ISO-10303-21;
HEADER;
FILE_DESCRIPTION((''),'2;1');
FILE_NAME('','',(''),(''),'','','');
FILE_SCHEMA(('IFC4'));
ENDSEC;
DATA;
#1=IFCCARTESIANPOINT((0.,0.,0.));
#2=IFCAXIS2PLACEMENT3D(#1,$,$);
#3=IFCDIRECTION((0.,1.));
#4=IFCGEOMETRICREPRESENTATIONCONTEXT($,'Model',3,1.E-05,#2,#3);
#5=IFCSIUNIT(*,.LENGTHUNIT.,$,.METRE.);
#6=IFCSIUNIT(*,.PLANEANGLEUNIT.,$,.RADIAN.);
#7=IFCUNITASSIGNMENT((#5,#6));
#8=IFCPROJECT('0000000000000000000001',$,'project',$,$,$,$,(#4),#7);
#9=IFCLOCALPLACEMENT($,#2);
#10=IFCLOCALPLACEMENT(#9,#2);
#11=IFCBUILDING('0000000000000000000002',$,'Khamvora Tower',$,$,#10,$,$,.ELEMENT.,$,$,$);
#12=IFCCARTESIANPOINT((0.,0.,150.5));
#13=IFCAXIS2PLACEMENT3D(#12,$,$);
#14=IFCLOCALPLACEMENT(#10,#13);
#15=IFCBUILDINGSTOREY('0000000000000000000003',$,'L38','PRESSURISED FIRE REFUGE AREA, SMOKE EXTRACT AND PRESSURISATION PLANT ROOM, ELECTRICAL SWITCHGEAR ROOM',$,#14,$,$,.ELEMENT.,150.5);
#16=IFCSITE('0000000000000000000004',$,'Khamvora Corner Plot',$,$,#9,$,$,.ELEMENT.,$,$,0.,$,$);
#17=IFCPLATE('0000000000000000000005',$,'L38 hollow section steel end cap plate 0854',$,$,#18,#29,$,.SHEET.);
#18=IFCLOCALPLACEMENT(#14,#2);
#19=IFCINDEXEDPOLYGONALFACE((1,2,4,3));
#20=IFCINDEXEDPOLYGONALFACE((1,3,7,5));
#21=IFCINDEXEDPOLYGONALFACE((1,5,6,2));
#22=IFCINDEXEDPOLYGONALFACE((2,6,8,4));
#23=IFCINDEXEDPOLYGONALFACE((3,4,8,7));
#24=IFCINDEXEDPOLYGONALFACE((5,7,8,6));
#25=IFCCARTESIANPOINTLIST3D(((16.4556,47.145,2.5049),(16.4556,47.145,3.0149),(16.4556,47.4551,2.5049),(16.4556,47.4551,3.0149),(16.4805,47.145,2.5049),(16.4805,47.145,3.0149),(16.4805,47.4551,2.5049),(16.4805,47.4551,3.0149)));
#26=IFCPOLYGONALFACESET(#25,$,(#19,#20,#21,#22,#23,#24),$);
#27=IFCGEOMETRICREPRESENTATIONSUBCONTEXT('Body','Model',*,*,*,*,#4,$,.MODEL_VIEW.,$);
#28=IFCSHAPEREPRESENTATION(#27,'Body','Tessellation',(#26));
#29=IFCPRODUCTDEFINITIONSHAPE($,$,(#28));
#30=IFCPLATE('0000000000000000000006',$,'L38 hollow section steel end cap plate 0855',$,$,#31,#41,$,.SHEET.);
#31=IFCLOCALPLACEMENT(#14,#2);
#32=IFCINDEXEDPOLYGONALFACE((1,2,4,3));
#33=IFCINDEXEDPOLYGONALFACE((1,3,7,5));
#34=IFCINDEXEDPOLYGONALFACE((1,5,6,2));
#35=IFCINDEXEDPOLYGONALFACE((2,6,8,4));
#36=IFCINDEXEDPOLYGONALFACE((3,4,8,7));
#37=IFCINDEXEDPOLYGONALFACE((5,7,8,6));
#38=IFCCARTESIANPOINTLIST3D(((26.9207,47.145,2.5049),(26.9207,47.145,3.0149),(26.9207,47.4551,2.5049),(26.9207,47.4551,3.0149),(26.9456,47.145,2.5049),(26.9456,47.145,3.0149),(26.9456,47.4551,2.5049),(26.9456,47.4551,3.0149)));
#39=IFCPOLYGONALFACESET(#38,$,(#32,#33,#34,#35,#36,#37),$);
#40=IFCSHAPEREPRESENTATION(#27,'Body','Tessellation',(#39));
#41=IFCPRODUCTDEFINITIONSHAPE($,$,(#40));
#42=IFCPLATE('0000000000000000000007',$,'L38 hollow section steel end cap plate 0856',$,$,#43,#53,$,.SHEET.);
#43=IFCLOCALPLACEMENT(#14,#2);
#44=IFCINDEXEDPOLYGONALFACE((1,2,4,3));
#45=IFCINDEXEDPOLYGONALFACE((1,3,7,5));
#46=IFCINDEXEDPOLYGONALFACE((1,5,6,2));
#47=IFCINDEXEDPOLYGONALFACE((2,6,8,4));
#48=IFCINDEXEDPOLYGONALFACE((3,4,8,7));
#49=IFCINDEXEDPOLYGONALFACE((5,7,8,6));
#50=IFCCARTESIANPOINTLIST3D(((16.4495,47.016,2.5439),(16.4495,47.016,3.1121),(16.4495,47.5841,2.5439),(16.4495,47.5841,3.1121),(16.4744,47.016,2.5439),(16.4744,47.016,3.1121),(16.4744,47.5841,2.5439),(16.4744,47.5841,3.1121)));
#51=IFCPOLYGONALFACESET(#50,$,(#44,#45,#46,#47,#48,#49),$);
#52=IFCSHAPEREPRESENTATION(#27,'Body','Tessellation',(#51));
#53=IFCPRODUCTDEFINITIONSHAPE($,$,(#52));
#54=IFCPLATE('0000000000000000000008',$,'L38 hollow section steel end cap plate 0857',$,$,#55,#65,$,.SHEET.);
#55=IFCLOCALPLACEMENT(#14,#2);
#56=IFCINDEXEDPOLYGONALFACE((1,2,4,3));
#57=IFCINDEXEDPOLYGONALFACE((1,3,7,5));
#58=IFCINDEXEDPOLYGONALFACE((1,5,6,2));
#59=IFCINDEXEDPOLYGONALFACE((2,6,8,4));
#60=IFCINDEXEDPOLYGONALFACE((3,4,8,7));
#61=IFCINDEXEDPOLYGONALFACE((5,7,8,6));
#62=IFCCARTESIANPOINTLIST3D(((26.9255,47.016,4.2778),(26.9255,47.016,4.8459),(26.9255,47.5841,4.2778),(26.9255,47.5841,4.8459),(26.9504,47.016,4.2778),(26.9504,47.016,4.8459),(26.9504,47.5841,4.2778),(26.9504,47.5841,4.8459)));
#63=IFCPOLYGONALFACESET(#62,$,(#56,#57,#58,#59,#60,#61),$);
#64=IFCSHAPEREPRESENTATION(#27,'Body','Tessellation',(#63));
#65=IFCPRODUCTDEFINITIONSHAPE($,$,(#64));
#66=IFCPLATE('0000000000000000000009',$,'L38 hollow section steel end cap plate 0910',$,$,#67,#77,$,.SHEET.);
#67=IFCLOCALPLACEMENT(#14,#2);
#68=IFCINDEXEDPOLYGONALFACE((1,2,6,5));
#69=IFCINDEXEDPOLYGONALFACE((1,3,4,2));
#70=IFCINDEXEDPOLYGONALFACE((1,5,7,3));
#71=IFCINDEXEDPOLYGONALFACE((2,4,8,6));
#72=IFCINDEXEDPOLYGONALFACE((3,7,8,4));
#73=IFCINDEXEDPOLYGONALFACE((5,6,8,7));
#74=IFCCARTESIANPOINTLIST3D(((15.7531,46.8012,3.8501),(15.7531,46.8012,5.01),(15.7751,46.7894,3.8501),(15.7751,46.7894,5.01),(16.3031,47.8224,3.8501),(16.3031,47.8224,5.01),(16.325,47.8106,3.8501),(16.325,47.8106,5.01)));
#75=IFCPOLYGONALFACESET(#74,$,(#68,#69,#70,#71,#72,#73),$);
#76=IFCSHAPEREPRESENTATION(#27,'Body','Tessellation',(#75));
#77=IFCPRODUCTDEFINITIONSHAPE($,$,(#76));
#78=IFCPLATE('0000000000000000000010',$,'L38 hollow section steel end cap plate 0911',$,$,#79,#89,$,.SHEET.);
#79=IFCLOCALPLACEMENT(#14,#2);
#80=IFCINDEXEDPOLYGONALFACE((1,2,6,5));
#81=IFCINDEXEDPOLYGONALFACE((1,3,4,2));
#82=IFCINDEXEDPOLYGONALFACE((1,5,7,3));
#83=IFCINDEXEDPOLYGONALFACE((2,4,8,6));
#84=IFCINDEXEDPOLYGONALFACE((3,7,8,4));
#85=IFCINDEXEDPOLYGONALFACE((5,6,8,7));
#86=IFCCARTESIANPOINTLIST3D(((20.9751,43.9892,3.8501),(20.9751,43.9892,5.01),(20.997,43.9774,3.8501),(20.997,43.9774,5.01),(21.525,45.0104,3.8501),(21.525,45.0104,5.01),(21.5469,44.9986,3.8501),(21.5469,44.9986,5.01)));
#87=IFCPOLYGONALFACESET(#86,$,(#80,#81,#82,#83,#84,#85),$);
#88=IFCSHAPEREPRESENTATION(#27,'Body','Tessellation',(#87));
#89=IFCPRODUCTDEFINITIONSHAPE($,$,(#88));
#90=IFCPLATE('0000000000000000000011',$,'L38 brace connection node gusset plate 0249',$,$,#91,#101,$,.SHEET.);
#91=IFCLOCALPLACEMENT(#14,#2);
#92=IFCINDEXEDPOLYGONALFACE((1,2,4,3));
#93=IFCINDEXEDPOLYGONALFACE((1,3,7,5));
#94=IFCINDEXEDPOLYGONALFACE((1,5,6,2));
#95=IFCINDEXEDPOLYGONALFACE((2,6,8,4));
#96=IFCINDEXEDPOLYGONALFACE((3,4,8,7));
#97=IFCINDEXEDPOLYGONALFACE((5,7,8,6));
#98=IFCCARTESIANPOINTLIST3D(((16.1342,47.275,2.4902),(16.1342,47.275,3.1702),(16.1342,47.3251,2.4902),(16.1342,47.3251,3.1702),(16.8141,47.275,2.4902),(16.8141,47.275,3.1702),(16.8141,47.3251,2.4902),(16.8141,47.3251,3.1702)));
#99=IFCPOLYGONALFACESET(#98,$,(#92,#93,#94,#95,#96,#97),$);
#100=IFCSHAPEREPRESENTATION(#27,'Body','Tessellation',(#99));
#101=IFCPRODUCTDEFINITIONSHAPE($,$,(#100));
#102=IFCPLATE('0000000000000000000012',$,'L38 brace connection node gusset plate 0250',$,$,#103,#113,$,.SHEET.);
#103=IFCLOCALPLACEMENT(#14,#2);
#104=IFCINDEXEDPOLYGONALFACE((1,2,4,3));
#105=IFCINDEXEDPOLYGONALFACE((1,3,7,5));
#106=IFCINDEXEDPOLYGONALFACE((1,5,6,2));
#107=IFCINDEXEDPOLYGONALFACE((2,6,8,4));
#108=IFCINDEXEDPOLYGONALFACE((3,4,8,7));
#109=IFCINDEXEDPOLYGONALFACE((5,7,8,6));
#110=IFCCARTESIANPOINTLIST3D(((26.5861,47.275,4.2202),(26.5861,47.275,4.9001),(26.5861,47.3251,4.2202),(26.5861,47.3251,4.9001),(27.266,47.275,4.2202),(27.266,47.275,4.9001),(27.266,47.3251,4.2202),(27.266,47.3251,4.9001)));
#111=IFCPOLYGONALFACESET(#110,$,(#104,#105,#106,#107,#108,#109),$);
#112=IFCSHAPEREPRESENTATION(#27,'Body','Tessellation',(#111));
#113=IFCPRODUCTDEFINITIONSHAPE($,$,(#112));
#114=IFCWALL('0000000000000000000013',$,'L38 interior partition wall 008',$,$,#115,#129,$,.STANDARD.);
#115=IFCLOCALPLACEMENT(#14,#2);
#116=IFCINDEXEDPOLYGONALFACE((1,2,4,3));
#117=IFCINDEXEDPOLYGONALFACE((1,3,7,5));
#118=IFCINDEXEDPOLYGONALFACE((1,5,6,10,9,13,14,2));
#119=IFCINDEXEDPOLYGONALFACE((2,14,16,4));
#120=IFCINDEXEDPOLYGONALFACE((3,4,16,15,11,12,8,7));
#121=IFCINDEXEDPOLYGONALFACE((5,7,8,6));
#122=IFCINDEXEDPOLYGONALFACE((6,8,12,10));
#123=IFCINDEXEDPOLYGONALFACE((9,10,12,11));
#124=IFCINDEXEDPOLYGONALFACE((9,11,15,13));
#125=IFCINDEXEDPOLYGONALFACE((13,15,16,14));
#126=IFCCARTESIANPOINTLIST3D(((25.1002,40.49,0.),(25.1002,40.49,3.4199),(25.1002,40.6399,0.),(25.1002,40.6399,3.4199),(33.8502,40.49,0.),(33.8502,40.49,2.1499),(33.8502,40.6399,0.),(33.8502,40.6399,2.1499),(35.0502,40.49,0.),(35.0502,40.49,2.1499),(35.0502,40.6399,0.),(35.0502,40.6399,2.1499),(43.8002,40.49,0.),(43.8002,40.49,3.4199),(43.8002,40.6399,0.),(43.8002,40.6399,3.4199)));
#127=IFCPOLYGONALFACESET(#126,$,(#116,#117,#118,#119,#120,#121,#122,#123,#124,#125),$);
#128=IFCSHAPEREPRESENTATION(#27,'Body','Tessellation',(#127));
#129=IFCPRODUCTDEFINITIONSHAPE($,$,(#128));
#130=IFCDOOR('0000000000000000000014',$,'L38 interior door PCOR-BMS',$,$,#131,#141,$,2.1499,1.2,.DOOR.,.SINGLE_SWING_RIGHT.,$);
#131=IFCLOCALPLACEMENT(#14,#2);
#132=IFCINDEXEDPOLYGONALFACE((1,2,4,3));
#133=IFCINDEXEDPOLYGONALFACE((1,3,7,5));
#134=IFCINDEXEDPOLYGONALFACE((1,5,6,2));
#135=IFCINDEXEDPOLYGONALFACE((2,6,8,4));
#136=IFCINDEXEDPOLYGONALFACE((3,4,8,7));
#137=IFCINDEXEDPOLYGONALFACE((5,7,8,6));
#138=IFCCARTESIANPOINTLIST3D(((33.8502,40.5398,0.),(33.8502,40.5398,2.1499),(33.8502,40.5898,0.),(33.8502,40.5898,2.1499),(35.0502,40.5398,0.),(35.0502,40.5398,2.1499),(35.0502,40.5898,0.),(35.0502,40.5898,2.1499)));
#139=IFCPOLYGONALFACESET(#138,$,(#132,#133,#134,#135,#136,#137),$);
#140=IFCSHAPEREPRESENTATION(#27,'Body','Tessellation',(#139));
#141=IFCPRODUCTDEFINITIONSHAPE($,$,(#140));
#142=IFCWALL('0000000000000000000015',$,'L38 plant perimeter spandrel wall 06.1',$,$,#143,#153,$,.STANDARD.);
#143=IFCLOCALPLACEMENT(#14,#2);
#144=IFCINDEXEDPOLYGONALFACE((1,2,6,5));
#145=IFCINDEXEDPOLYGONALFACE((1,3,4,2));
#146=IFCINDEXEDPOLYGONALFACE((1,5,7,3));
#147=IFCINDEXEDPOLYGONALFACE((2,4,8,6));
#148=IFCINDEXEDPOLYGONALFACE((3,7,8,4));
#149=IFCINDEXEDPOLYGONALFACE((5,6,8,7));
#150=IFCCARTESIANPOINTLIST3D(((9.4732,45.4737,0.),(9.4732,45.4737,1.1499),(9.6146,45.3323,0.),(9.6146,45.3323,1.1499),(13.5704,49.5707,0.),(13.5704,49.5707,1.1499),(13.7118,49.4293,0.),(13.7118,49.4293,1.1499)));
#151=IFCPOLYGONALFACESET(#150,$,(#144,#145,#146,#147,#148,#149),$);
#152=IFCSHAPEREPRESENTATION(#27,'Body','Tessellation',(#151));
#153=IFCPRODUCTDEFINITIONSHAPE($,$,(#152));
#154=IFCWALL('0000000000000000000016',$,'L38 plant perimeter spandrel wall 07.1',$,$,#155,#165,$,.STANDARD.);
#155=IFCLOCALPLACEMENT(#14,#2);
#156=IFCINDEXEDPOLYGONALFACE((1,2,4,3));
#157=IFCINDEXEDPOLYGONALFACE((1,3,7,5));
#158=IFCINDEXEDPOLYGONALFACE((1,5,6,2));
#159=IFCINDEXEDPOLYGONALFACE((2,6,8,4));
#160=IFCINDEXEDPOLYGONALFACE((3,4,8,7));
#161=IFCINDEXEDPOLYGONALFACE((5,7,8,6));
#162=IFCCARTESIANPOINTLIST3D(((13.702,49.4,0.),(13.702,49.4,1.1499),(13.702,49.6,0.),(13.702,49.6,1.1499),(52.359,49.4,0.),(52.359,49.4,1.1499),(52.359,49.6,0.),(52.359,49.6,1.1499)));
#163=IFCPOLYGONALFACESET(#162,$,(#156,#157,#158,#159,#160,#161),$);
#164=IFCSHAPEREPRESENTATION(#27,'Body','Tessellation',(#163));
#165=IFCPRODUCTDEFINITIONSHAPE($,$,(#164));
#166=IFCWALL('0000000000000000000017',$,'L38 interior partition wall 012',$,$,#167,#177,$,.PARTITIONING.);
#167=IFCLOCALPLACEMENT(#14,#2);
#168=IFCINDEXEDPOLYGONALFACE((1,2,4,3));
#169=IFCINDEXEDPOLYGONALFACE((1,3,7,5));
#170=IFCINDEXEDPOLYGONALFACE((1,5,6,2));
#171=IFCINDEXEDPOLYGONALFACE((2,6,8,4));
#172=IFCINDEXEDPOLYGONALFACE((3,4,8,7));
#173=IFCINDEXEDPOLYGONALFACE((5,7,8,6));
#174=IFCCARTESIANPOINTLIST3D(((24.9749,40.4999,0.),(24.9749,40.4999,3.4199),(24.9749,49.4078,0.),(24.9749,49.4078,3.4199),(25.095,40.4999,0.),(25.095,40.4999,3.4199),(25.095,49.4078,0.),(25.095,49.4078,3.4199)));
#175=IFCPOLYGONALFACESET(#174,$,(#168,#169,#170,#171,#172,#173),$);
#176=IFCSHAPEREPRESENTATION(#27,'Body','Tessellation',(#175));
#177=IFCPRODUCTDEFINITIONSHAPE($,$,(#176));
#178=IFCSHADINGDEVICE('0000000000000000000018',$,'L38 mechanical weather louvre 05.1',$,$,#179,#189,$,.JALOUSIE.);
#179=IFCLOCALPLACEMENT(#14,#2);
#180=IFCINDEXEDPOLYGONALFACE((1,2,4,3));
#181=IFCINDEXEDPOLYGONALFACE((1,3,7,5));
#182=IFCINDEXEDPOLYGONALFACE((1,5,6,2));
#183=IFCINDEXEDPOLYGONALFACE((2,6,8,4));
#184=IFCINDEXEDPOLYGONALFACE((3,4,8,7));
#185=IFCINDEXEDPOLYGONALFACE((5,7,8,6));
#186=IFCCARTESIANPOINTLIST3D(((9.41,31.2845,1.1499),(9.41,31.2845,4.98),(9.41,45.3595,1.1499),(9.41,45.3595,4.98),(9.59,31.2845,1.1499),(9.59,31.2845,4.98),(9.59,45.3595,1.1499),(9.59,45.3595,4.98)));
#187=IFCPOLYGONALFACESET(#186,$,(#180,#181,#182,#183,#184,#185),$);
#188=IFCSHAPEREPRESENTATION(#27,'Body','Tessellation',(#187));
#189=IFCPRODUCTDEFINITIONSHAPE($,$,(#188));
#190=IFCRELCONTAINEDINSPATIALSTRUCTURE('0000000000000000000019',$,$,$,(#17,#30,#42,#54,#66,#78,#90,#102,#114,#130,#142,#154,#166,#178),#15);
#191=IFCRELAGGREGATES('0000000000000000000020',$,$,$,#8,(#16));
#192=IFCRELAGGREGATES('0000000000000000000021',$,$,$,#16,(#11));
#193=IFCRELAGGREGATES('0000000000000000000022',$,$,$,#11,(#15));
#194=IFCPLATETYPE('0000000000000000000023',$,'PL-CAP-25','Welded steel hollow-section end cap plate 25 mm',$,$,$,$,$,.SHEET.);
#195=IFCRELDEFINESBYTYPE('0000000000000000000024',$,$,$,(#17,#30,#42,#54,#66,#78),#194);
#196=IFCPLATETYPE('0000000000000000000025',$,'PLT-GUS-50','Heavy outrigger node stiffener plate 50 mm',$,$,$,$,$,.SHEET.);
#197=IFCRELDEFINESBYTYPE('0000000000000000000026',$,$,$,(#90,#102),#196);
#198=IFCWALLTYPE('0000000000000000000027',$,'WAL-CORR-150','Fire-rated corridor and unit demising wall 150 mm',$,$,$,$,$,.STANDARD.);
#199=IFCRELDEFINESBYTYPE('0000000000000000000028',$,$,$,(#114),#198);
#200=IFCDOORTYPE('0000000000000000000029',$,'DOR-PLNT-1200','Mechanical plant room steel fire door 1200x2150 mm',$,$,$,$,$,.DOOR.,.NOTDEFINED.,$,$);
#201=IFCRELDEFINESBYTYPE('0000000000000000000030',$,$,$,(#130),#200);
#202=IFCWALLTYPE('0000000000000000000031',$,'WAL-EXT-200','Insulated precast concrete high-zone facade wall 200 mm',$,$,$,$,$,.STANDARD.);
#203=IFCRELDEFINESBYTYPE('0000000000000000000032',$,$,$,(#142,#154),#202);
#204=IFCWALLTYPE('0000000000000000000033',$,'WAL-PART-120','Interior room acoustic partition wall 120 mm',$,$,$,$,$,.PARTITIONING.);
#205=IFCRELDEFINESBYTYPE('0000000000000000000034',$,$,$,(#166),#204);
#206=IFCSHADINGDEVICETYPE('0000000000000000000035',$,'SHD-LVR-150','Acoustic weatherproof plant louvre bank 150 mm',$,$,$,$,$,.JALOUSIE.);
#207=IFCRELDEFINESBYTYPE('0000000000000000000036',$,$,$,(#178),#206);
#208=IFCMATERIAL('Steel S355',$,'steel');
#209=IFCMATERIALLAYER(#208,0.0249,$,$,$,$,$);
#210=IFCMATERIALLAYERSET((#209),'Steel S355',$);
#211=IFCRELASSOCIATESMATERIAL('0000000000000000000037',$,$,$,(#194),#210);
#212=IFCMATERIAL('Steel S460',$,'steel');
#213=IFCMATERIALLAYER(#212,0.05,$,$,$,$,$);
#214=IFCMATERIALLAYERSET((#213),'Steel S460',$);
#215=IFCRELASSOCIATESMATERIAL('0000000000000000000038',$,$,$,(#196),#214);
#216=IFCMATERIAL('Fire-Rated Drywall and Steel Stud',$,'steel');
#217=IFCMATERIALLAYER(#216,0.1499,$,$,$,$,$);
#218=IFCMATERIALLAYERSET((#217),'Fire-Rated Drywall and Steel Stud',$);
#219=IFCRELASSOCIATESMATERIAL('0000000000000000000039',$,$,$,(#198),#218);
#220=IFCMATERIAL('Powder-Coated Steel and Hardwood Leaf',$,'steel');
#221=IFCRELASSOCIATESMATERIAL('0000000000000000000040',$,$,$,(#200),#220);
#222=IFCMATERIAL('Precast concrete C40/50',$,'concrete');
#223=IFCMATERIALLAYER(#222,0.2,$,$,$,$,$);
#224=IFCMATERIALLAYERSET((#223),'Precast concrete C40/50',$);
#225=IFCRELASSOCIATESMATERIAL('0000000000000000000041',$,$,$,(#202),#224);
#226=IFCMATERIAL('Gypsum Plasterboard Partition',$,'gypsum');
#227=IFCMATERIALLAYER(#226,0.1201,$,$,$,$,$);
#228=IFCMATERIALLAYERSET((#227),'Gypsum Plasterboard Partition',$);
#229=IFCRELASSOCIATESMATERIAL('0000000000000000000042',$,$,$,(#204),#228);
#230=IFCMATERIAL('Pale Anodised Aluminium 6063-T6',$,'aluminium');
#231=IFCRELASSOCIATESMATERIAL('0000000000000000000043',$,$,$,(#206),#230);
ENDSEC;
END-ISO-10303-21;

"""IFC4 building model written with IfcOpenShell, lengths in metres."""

from ifc_helpers import new_model, si_unit, direction, frame, frame_2d, origin, origin_2d, place, context, subcontext, project, spatial, rectangle, extrude, material, layer, layer_set, type_object, element, fill, save


model = new_model("IFC4")

# Units and contexts
model_context = context("Model", 3, precision=1e-05, world=origin(), true_north=direction((0.0, 1.0)))
body_context = subcontext(model_context, "Body", "Model", "MODEL_VIEW")
ifc_project = project(units=[si_unit("LENGTHUNIT", "METRE"), si_unit("PLANEANGLEUNIT", "RADIAN")], contexts=[model_context])

# Site, building, storey
site_placement = place(None, origin())
site = spatial("IfcSite", under=ifc_project, at=site_placement, Name="Khamvora Corner Plot", CompositionType="ELEMENT", RefElevation=0.0)
building_placement = place(site_placement, origin())
building = spatial("IfcBuilding", under=site, at=building_placement, Name="Khamvora Tower", CompositionType="ELEMENT")
storey_placement = place(building_placement, frame((0.0, 0.0, 150.5)))
storey = spatial("IfcBuildingStorey", under=building, at=storey_placement, Name="L38", Description="PRESSURISED FIRE REFUGE AREA, SMOKE EXTRACT AND PRESSURISATION PLANT ROOM, ELECTRICAL SWITCHGEAR ROOM", CompositionType="ELEMENT", Elevation=150.5)

# Shared definitions
ifc_material_1 = material(Name="Steel S355", Category="steel")

# Shared definitions
ifc_material_2 = material(Name="Steel S460", Category="steel")

# Plates
ifc_layer_1 = layer(ifc_material_1, 0.0249)
ifc_layer_set_1 = layer_set([ifc_layer_1], Name="Steel S355")
plate_type_1 = type_object("IfcPlateType", Name="PL-CAP-25", Description="Welded steel hollow-section end cap plate 25 mm", PredefinedType="SHEET", material=ifc_layer_set_1)
for number, where, z_axis, x_axis, name in (
    (1, (16.468, 47.3, 2.5049), (0.0, 0.0, 1.0), (1.0, 0.0, 0.0), "L38 hollow section steel end cap plate 0854"),
    (2, (26.9331, 47.3, 2.5049), (0.0, 0.0, 1.0), (1.0, 0.0, 0.0), "L38 hollow section steel end cap plate 0855"),
):
    element("IfcPlate", number, at=place(storey_placement, frame(where, z_axis=z_axis, x_axis=x_axis)), inside=storey, type_object=plate_type_1, Name=name, PredefinedType="SHEET", context=body_context, shape_type="SweptSolid", body=[
        extrude(rectangle(XDim=0.0249, YDim=0.3101, at=origin_2d()), origin(), (0.0, 0.0, 1.0), 0.51),
    ])
for number, where, z_axis, x_axis, name in (
    (3, (16.4619, 47.3, 2.5439), (0.0, 0.0, 1.0), (1.0, 0.0, 0.0), "L38 hollow section steel end cap plate 0856"),
    (4, (26.938, 47.3, 4.2778), (0.0, 0.0, 1.0), (1.0, 0.0, 0.0), "L38 hollow section steel end cap plate 0857"),
):
    element("IfcPlate", number, at=place(storey_placement, frame(where, z_axis=z_axis, x_axis=x_axis)), inside=storey, type_object=plate_type_1, Name=name, PredefinedType="SHEET", context=body_context, shape_type="SweptSolid", body=[
        extrude(rectangle(XDim=0.0249, YDim=0.5681, at=origin_2d()), origin(), (0.0, 0.0, 1.0), 0.5681),
    ])
for number, where, z_axis, x_axis, name in (
    (5, (16.0391, 47.3059, 3.8501), (0.0, 0.0, 1.0), (0.880469, -0.474104, 0.0), "L38 hollow section steel end cap plate 0910"),
    (6, (21.261, 44.4939, 3.8501), (0.0, 0.0, 1.0), (0.880469, -0.474104, 0.0), "L38 hollow section steel end cap plate 0911"),
):
    element("IfcPlate", number, at=place(storey_placement, frame(where, z_axis=z_axis, x_axis=x_axis)), inside=storey, type_object=plate_type_1, Name=name, PredefinedType="SHEET", context=body_context, shape_type="SweptSolid", body=[
        extrude(rectangle(XDim=0.0249, YDim=1.1599, at=origin_2d()), origin(), (0.0, 0.0, 1.0), 1.1599),
    ])
ifc_layer_2 = layer(ifc_material_2, 0.05)
ifc_layer_set_2 = layer_set([ifc_layer_2], Name="Steel S460")
plate_type_2 = type_object("IfcPlateType", Name="PLT-GUS-50", Description="Heavy outrigger node stiffener plate 50 mm", PredefinedType="SHEET", material=ifc_layer_set_2)
for number, where, z_axis, x_axis, name in (
    (7, (16.4741, 47.3, 2.4902), (0.0, 0.0, 1.0), (1.0, 0.0, 0.0), "L38 brace connection node gusset plate 0249"),
    (8, (26.926, 47.3, 4.2202), (0.0, 0.0, 1.0), (1.0, 0.0, 0.0), "L38 brace connection node gusset plate 0250"),
):
    element("IfcPlate", number, at=place(storey_placement, frame(where, z_axis=z_axis, x_axis=x_axis)), inside=storey, type_object=plate_type_2, Name=name, PredefinedType="SHEET", context=body_context, shape_type="SweptSolid", body=[
        extrude(rectangle(XDim=0.6799, YDim=0.05, at=origin_2d()), origin(), (0.0, 0.0, 1.0), 0.6799),
    ])

# Wall, opening, door
ifc_material_3 = material(Name="Fire-Rated Drywall and Steel Stud", Category="steel")
ifc_layer_3 = layer(ifc_material_3, 0.1499)
ifc_layer_set_3 = layer_set([ifc_layer_3], Name="Fire-Rated Drywall and Steel Stud")
wall_type_1 = type_object("IfcWallType", Name="WAL-CORR-150", Description="Fire-rated corridor and unit demising wall 150 mm", PredefinedType="STANDARD", material=ifc_layer_set_3)
wall_1_placement = place(storey_placement, frame((25.1001, 40.5649, 0.0), z_axis=(0.0, 0.0, 1.0), x_axis=(1.0, 0.0, 0.0)))
wall_1 = element("IfcWall", 9, at=wall_1_placement, inside=storey, type_object=wall_type_1, Name="L38 interior partition wall 008", PredefinedType="STANDARD", context=body_context, shape_type="SweptSolid", body=[
    extrude(rectangle(XDim=18.7, YDim=0.1499, at=frame_2d((9.3501, 0.0))), origin(), (0.0, 0.0, 1.0), 3.4199),
])
opening_placement = place(wall_1_placement, frame((8.75, 0.0, 0.0)))
opening = element("IfcOpeningElement", 10, at=opening_placement, cuts=wall_1, PredefinedType="OPENING", context=body_context, shape_type="SweptSolid", body=[
    extrude(rectangle(XDim=1.2, YDim=2.1499, at=frame_2d((0.6001, 1.075))), frame((0.0, 0.085, 0.0), z_axis=(0.0, -1.0, 0.0), x_axis=(1.0, 0.0, 0.0)), (0.0, 0.0, 1.0), 0.1699),
])
ifc_material_4 = material(Name="Powder-Coated Steel and Hardwood Leaf", Category="steel")
door_type = type_object("IfcDoorType", Name="DOR-PLNT-1200", Description="Mechanical plant room steel fire door 1200x2150 mm", OperationType="NOTDEFINED", PredefinedType="DOOR", material=ifc_material_4)
door_placement = place(opening_placement, origin())
door = element("IfcDoor", 11, at=door_placement, inside=storey, type_object=door_type, Name="L38 interior door PCOR-BMS", OperationType="SINGLE_SWING_RIGHT", OverallHeight=2.1499, OverallWidth=1.2, PredefinedType="DOOR", context=body_context, shape_type="SweptSolid", body=[
    extrude(rectangle(XDim=1.2, YDim=2.1499, at=frame_2d((0.6001, 1.075))), frame((0.0, 0.0249, 0.0), z_axis=(0.0, -1.0, 0.0), x_axis=(1.0, 0.0, 0.0)), (0.0, 0.0, 1.0), 0.05),
])
fill(opening, door)

# Walls
ifc_material_5 = material(Name="Precast concrete C40/50", Category="concrete")
ifc_layer_4 = layer(ifc_material_5, 0.2)
ifc_layer_set_4 = layer_set([ifc_layer_4], Name="Precast concrete C40/50")
wall_type_2 = type_object("IfcWallType", Name="WAL-EXT-200", Description="Insulated precast concrete high-zone facade wall 200 mm", PredefinedType="STANDARD", material=ifc_layer_set_4)
wall_2_placement = place(storey_placement, frame((9.5439, 45.4031, 0.0), z_axis=(0.0, 0.0, 1.0), x_axis=(0.707128, 0.707086, 0.0)))
element("IfcWall", 12, at=wall_2_placement, inside=storey, type_object=wall_type_2, Name="L38 plant perimeter spandrel wall 06.1", PredefinedType="STANDARD", context=body_context, shape_type="SweptSolid", body=[
    extrude(rectangle(XDim=5.7942, YDim=0.2, at=frame_2d((2.897, 0.0))), origin(), (0.0, 0.0, 1.0), 1.1499),
])
wall_3_placement = place(storey_placement, frame((13.7019, 49.5, 0.0), z_axis=(0.0, 0.0, 1.0), x_axis=(1.0, 0.0, 0.0)))
element("IfcWall", 13, at=wall_3_placement, inside=storey, type_object=wall_type_2, Name="L38 plant perimeter spandrel wall 07.1", PredefinedType="STANDARD", context=body_context, shape_type="SweptSolid", body=[
    extrude(rectangle(XDim=38.657, YDim=0.2, at=frame_2d((19.3286, 0.0))), origin(), (0.0, 0.0, 1.0), 1.1499),
])
ifc_material_6 = material(Name="Gypsum Plasterboard Partition", Category="gypsum")
ifc_layer_5 = layer(ifc_material_6, 0.1201)
ifc_layer_set_5 = layer_set([ifc_layer_5], Name="Gypsum Plasterboard Partition")
wall_type_3 = type_object("IfcWallType", Name="WAL-PART-120", Description="Interior room acoustic partition wall 120 mm", PredefinedType="PARTITIONING", material=ifc_layer_set_5)
wall_4_placement = place(storey_placement, frame((25.0349, 49.408, 0.0), z_axis=(0.0, 0.0, 1.0), x_axis=(0.0, -1.0, 0.0)))
element("IfcWall", 14, at=wall_4_placement, inside=storey, type_object=wall_type_3, Name="L38 interior partition wall 012", PredefinedType="PARTITIONING", context=body_context, shape_type="SweptSolid", body=[
    extrude(rectangle(XDim=8.908, YDim=0.1201, at=frame_2d((4.4541, 0.0))), origin(), (0.0, 0.0, 1.0), 3.4199),
])

# Shading device
ifc_material_7 = material(Name="Pale Anodised Aluminium 6063-T6", Category="aluminium")
shading_device_type = type_object("IfcShadingDeviceType", Name="SHD-LVR-150", Description="Acoustic weatherproof plant louvre bank 150 mm", PredefinedType="JALOUSIE", material=ifc_material_7)
shading_device_1_placement = place(storey_placement, frame((9.5, 38.322, 1.1499), z_axis=(0.0, 0.0, 1.0), x_axis=(0.0, 1.0, 0.0)))
element("IfcShadingDevice", 15, at=shading_device_1_placement, inside=storey, type_object=shading_device_type, Name="L38 mechanical weather louvre 05.1", PredefinedType="JALOUSIE", context=body_context, shape_type="SweptSolid", body=[
    extrude(rectangle(XDim=14.075, YDim=0.1799, at=origin_2d()), origin(), (0.0, 0.0, 1.0), 3.8301),
])

save(model, "model.ifc")
